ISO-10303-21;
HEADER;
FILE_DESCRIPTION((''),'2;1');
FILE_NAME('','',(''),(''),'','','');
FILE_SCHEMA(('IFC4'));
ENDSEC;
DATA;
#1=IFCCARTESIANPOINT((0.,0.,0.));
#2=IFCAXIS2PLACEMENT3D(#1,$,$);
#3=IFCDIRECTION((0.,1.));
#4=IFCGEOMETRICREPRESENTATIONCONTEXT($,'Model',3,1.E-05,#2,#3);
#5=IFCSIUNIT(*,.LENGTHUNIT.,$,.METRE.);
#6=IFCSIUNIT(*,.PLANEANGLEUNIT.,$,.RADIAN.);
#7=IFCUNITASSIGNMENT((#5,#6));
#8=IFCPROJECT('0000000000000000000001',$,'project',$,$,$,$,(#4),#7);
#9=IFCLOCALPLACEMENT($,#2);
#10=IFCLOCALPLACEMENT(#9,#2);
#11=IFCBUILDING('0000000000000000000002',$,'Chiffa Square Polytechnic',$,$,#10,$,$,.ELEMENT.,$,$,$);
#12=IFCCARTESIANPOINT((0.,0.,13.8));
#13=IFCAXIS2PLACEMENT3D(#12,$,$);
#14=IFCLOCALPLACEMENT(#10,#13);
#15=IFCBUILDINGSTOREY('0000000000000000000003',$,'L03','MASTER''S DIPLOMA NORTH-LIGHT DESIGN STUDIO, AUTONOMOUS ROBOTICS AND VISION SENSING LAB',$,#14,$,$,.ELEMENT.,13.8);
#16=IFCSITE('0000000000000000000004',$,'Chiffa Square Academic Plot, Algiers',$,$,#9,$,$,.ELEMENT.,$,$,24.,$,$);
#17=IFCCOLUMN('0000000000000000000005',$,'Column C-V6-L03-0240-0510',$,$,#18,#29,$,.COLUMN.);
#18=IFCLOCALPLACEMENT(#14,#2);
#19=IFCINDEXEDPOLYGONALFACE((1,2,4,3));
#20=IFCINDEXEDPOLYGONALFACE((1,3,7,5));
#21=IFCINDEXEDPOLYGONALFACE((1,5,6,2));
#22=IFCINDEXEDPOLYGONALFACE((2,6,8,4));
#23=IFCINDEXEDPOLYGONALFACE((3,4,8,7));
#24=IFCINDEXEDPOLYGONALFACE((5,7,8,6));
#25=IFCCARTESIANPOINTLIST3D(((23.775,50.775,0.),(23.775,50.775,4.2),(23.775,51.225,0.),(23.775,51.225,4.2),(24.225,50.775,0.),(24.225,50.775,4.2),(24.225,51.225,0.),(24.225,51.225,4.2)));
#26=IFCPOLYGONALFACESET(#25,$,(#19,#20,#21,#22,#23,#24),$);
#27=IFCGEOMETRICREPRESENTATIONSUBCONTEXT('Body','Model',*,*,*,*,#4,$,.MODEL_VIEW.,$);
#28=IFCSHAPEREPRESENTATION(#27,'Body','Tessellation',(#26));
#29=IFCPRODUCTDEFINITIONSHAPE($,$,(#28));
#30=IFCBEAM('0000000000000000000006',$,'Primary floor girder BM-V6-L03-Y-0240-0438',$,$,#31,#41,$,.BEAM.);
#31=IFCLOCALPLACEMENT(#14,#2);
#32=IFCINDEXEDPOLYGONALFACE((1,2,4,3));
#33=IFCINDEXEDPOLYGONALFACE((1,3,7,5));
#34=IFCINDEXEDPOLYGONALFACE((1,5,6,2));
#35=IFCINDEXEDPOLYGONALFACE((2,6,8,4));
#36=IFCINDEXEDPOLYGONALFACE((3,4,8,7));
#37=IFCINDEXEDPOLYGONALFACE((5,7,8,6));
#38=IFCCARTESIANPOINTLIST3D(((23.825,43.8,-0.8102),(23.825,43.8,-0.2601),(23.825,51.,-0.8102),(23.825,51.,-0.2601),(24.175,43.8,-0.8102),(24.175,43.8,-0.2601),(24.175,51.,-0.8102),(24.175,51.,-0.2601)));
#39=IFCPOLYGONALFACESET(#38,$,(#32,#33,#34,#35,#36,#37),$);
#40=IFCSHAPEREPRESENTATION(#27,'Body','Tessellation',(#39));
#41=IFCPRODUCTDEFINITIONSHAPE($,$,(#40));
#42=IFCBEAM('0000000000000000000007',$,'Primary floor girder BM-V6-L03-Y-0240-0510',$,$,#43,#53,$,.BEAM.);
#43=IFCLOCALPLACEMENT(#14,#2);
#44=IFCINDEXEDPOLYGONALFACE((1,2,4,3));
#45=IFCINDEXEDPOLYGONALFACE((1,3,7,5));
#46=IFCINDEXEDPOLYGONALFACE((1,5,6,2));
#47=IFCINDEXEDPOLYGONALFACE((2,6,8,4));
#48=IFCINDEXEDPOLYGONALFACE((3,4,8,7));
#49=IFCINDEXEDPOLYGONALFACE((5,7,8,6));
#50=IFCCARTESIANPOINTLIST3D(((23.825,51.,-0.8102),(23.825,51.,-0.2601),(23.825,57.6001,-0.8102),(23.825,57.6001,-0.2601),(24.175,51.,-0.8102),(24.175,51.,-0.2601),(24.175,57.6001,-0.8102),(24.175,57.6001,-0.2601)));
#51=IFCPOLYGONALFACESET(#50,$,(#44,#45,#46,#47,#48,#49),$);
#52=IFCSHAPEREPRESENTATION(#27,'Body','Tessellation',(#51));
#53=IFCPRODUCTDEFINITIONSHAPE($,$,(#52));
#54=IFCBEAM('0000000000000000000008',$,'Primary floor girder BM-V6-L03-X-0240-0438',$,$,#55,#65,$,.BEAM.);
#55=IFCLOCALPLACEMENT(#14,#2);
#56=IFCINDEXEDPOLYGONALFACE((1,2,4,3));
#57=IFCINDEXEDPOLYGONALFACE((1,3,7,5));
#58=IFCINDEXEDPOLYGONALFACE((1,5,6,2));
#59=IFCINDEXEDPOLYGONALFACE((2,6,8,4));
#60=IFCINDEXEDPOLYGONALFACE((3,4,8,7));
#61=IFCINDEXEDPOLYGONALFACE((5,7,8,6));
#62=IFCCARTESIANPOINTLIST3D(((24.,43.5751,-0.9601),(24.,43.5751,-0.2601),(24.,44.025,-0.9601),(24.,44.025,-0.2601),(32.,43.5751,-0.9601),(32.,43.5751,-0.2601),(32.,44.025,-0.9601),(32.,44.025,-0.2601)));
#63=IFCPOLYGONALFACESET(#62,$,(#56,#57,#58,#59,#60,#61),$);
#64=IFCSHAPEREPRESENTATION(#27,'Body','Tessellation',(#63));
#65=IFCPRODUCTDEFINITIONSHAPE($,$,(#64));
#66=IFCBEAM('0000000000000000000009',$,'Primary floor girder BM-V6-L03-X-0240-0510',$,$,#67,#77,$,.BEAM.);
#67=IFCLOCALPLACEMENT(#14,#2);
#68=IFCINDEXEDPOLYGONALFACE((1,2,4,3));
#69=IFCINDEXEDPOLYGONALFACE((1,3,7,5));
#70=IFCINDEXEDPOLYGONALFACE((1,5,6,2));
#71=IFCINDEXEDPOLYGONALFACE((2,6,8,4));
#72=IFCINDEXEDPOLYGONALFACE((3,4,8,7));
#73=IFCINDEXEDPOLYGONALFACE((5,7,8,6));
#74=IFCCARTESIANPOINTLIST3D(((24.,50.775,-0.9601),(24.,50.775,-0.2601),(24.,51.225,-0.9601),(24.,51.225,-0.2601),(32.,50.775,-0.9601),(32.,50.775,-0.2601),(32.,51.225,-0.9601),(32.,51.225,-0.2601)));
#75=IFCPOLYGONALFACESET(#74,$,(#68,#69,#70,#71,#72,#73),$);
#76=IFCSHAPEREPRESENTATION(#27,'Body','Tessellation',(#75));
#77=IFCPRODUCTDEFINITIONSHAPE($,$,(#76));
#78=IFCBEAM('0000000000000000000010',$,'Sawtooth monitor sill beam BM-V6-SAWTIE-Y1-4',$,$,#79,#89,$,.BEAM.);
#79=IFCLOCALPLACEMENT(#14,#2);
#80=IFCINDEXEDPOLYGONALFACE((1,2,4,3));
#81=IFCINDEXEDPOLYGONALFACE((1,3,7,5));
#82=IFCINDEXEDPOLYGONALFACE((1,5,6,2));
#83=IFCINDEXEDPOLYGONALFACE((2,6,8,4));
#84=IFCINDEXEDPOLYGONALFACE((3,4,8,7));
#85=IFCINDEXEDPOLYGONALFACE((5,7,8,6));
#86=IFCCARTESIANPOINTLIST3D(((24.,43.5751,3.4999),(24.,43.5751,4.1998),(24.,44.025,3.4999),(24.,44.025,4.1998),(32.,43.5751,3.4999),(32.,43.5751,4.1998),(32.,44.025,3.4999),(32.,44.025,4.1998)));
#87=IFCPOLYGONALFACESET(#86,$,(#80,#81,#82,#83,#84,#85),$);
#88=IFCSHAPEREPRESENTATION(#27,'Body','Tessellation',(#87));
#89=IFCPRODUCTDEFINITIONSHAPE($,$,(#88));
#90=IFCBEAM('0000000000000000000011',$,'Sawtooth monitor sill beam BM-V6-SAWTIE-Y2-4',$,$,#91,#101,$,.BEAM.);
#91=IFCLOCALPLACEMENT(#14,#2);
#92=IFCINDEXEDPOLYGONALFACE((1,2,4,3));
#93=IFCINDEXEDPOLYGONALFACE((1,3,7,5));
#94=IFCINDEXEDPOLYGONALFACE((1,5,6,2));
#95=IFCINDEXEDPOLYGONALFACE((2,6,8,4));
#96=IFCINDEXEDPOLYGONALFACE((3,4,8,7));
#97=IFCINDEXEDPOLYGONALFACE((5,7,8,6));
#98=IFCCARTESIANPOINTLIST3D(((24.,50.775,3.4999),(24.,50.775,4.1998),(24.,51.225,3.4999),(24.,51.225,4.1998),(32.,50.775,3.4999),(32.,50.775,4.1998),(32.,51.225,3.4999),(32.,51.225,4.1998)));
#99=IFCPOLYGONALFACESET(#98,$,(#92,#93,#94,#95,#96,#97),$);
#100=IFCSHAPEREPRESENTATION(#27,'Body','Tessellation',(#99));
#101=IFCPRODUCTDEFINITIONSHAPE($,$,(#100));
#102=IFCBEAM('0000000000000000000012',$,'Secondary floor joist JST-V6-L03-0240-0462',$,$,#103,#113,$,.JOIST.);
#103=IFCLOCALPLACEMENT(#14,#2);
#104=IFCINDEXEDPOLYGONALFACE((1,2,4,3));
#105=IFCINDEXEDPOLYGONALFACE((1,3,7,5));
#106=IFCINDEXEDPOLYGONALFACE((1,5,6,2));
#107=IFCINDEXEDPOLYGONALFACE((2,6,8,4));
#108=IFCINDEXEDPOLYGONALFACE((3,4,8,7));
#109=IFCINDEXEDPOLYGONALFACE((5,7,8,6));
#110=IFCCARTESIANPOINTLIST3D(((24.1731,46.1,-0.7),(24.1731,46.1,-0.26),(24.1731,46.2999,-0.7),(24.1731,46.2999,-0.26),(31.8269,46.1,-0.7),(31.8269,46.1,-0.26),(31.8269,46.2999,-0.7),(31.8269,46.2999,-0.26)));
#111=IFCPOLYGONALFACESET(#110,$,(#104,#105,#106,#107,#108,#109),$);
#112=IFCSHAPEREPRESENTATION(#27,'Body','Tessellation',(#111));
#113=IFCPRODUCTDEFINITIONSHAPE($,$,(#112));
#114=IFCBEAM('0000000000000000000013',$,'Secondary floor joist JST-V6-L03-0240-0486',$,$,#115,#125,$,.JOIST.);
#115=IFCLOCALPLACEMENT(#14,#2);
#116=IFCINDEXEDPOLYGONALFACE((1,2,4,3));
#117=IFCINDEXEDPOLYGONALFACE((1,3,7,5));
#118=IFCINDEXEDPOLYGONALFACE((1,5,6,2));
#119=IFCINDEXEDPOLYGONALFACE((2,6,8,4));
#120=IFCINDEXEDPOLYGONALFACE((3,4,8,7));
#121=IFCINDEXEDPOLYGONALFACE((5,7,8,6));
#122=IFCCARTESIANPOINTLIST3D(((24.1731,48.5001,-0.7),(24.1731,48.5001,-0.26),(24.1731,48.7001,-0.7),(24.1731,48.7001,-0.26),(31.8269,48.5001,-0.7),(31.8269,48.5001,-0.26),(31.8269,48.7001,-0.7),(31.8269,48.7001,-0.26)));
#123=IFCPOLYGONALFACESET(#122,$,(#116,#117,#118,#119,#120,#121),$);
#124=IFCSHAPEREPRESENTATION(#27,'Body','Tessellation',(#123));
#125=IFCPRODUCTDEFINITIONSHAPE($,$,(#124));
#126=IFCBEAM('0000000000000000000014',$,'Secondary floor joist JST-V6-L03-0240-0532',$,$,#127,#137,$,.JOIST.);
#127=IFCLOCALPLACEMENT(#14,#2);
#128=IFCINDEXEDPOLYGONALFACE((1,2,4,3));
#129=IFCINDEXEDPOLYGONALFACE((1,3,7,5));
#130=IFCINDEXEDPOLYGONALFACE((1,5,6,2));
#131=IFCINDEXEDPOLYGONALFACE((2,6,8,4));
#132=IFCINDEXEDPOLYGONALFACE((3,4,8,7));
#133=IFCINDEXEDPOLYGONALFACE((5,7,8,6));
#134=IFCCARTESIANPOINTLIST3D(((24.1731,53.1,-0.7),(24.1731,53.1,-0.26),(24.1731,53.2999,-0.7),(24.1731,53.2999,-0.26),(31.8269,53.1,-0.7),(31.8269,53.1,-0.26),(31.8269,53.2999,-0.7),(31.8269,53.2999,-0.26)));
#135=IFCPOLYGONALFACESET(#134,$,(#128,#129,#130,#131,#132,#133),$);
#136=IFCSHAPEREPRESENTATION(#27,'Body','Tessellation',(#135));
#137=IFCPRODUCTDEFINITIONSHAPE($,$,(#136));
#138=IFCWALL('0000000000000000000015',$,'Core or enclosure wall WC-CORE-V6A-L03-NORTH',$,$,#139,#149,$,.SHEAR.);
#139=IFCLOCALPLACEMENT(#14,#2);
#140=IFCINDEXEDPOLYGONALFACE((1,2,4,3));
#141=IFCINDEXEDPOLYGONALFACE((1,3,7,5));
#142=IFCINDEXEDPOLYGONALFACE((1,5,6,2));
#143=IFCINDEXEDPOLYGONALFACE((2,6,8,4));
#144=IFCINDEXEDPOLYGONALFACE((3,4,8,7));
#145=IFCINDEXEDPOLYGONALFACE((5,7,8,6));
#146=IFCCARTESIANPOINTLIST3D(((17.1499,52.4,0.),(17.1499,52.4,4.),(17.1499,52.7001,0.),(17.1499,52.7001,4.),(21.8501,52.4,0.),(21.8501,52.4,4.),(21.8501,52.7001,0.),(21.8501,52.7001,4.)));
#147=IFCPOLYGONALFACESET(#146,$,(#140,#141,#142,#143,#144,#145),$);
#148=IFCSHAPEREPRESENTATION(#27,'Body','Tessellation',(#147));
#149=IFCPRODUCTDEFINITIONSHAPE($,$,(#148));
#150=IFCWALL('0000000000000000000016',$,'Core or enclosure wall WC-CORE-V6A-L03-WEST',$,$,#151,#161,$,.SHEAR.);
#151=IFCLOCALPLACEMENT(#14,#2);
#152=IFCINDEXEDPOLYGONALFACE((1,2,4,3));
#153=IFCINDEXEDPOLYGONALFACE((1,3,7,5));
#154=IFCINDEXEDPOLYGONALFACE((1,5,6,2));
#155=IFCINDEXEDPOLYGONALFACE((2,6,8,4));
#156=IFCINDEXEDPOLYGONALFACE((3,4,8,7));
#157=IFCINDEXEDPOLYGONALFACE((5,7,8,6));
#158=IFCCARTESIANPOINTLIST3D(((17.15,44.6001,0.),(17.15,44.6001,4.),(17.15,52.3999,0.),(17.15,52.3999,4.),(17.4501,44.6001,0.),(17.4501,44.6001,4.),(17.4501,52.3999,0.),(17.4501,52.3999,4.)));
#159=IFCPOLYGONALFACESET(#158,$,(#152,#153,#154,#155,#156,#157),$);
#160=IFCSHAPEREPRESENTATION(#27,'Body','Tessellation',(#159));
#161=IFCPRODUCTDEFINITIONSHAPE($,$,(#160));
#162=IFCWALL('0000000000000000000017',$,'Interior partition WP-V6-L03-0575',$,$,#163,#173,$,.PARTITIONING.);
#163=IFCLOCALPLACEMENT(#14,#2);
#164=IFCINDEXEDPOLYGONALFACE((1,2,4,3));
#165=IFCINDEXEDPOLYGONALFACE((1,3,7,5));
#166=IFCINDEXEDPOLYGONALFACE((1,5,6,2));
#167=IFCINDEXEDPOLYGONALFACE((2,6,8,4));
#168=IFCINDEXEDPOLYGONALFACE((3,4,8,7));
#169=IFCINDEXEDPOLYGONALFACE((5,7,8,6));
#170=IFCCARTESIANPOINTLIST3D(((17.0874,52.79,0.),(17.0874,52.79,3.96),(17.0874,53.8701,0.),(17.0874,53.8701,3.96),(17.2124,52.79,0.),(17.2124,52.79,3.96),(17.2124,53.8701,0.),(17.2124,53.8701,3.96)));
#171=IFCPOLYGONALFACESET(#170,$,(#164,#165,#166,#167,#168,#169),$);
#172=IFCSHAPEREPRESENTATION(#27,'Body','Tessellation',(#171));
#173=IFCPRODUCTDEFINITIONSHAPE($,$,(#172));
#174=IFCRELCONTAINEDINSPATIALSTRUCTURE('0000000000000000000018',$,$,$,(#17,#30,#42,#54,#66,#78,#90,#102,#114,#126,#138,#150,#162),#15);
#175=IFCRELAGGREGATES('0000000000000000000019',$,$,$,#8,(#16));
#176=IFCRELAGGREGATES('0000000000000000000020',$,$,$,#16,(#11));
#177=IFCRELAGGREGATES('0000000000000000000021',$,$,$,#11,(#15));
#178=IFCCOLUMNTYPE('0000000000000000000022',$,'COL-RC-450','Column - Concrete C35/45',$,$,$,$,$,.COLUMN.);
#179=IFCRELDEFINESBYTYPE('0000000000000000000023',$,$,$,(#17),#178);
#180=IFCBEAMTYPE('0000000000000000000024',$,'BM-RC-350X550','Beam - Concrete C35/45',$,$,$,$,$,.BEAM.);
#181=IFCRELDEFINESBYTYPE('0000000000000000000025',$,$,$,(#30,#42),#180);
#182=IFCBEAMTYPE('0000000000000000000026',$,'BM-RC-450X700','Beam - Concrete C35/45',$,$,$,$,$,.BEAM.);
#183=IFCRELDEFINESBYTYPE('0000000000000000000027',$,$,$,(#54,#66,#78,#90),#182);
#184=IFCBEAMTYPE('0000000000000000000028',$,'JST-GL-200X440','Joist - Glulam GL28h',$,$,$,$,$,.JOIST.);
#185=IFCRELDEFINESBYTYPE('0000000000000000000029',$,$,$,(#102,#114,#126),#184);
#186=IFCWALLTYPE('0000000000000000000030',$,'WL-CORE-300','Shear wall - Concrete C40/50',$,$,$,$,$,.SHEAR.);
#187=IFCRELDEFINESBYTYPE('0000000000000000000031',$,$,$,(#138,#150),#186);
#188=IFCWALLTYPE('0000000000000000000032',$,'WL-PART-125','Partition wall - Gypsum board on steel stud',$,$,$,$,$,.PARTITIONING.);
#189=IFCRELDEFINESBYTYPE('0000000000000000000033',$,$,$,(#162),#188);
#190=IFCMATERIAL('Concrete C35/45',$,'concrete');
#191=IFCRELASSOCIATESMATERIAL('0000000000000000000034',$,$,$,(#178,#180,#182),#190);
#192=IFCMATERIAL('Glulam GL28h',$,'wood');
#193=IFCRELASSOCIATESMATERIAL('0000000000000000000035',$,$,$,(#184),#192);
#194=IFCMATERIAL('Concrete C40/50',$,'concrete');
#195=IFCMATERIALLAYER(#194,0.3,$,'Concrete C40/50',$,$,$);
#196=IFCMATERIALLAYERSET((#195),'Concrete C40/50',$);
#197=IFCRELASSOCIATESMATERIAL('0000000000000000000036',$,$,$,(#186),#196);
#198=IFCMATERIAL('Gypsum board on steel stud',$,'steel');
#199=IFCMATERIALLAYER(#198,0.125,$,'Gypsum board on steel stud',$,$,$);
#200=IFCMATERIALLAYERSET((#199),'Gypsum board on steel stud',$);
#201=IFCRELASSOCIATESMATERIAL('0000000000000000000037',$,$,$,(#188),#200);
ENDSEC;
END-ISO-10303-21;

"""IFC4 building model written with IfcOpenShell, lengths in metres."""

from ifc_helpers import new_model, si_unit, direction, frame, frame_2d, origin, origin_2d, place, context, subcontext, project, spatial, rectangle, extrude, material, layer, layer_set, material_profile, profile_set, type_object, element, save


model = new_model("IFC4")

# Units and contexts
model_context = context("Model", 3, precision=1e-05, world=origin(), true_north=direction((0.0, 1.0)))
body_context = subcontext(model_context, "Body", "Model", "MODEL_VIEW")
ifc_project = project(units=[si_unit("LENGTHUNIT", "METRE"), si_unit("PLANEANGLEUNIT", "RADIAN")], contexts=[model_context])

# Site, building, storey
site_placement = place(None, origin())
site = spatial("IfcSite", under=ifc_project, at=site_placement, Name="Chiffa Square Academic Plot, Algiers", CompositionType="ELEMENT", RefElevation=24.0)
building_placement = place(site_placement, origin())
building = spatial("IfcBuilding", under=site, at=building_placement, Name="Chiffa Square Polytechnic", CompositionType="ELEMENT")
storey_placement = place(building_placement, frame((0.0, 0.0, 13.8)))
storey = spatial("IfcBuildingStorey", under=building, at=storey_placement, Name="L03", Description="MASTER'S DIPLOMA NORTH-LIGHT DESIGN STUDIO, AUTONOMOUS ROBOTICS AND VISION SENSING LAB", CompositionType="ELEMENT", Elevation=13.8)

# Column
ifc_material_1 = material(Name="Concrete C35/45", Category="concrete")
ifc_material_profile_1 = material_profile(ifc_material_1, rectangle(XDim=0.45, YDim=0.45, at=origin_2d()), Name="RC 450x450")
ifc_profile_set_1 = profile_set([ifc_material_profile_1], Name="Concrete C35/45")
column_type = type_object("IfcColumnType", Name="COL-RC-450", Description="Column - Concrete C35/45", PredefinedType="COLUMN", material=ifc_profile_set_1)
column_placement = place(storey_placement, frame((24.0, 51.0, 0.0), z_axis=(0.0, 0.0, 1.0), x_axis=(1.0, 0.0, 0.0)))
element("IfcColumn", 1, at=column_placement, inside=storey, type_object=column_type, Name="Column C-V6-L03-0240-0510", PredefinedType="COLUMN", context=body_context, shape_type="SweptSolid", body=[
    extrude(rectangle(XDim=0.45, YDim=0.45, at=origin_2d()), origin(), (0.0, 0.0, 1.0), 4.2),
])

# Beams
ifc_material_profile_2 = material_profile(ifc_material_1, rectangle(XDim=0.3501, YDim=0.55, at=origin_2d()), Name="RC 350x550")
ifc_profile_set_2 = profile_set([ifc_material_profile_2], Name="Concrete C35/45")
beam_type_1 = type_object("IfcBeamType", Name="BM-RC-350X550", Description="Beam - Concrete C35/45", PredefinedType="BEAM", material=ifc_profile_set_2)
beam_1_placement = place(storey_placement, frame((24.0, 43.8, -0.5352), z_axis=(0.0, 1.0, 0.0), x_axis=(-1.0, 0.0, 0.0)))
element("IfcBeam", 2, at=beam_1_placement, inside=storey, type_object=beam_type_1, Name="Primary floor girder BM-V6-L03-Y-0240-0438", PredefinedType="BEAM", context=body_context, shape_type="SweptSolid", body=[
    extrude(rectangle(XDim=0.3501, YDim=0.55, at=origin_2d()), origin(), (0.0, 0.0, 1.0), 7.2),
])
beam_2_placement = place(storey_placement, frame((24.0, 51.0, -0.5352), z_axis=(0.0, 1.0, 0.0), x_axis=(-1.0, 0.0, 0.0)))
element("IfcBeam", 3, at=beam_2_placement, inside=storey, type_object=beam_type_1, Name="Primary floor girder BM-V6-L03-Y-0240-0510", PredefinedType="BEAM", context=body_context, shape_type="SweptSolid", body=[
    extrude(rectangle(XDim=0.3501, YDim=0.55, at=origin_2d()), origin(), (0.0, 0.0, 1.0), 6.6001),
])
ifc_material_profile_3 = material_profile(ifc_material_1, rectangle(XDim=0.45, YDim=0.7, at=origin_2d()), Name="RC 450x700")
ifc_profile_set_3 = profile_set([ifc_material_profile_3], Name="Concrete C35/45")
beam_type_2 = type_object("IfcBeamType", Name="BM-RC-450X700", Description="Beam - Concrete C35/45", PredefinedType="BEAM", material=ifc_profile_set_3)
for number, where, z_axis, x_axis, name in (
    (4, (24.0, 43.8, -0.6101), (1.0, 0.0, 0.0), (0.0, 1.0, 0.0), "Primary floor girder BM-V6-L03-X-0240-0438"),
    (5, (24.0, 51.0, -0.6101), (1.0, 0.0, 0.0), (0.0, 1.0, 0.0), "Primary floor girder BM-V6-L03-X-0240-0510"),
    (6, (24.0, 43.8, 3.8499), (1.0, 0.0, 0.0), (0.0, 1.0, 0.0), "Sawtooth monitor sill beam BM-V6-SAWTIE-Y1-4"),
    (7, (24.0, 51.0, 3.8499), (1.0, 0.0, 0.0), (0.0, 1.0, 0.0), "Sawtooth monitor sill beam BM-V6-SAWTIE-Y2-4"),
):
    element("IfcBeam", number, at=place(storey_placement, frame(where, z_axis=z_axis, x_axis=x_axis)), inside=storey, type_object=beam_type_2, Name=name, PredefinedType="BEAM", context=body_context, shape_type="SweptSolid", body=[
        extrude(rectangle(XDim=0.45, YDim=0.7, at=origin_2d()), origin(), (0.0, 0.0, 1.0), 8.0),
    ])
ifc_material_2 = material(Name="Glulam GL28h", Category="wood")
ifc_material_profile_4 = material_profile(ifc_material_2, rectangle(XDim=0.2, YDim=0.4399, at=origin_2d()), Name="GL28h 200x440")
ifc_profile_set_4 = profile_set([ifc_material_profile_4], Name="Glulam GL28h")
beam_type_3 = type_object("IfcBeamType", Name="JST-GL-200X440", Description="Joist - Glulam GL28h", PredefinedType="JOIST", material=ifc_profile_set_4)
for number, where, z_axis, x_axis, name in (
    (8, (24.1731, 46.2, -0.48), (1.0, 0.0, 0.0), (0.0, 1.0, 0.0), "Secondary floor joist JST-V6-L03-0240-0462"),
    (9, (24.1731, 48.6001, -0.48), (1.0, 0.0, 0.0), (0.0, 1.0, 0.0), "Secondary floor joist JST-V6-L03-0240-0486"),
    (10, (24.1731, 53.2, -0.48), (1.0, 0.0, 0.0), (0.0, 1.0, 0.0), "Secondary floor joist JST-V6-L03-0240-0532"),
):
    element("IfcBeam", number, at=place(storey_placement, frame(where, z_axis=z_axis, x_axis=x_axis)), inside=storey, type_object=beam_type_3, Name=name, PredefinedType="JOIST", context=body_context, shape_type="SweptSolid", body=[
        extrude(rectangle(XDim=0.2, YDim=0.4399, at=origin_2d()), origin(), (0.0, 0.0, 1.0), 7.6538),
    ])

# Walls
ifc_material_3 = material(Name="Concrete C40/50", Category="concrete")
ifc_layer_1 = layer(ifc_material_3, 0.3, Name="Concrete C40/50")
ifc_layer_set_1 = layer_set([ifc_layer_1], Name="Concrete C40/50")
wall_type_1 = type_object("IfcWallType", Name="WL-CORE-300", Description="Shear wall - Concrete C40/50", PredefinedType="SHEAR", material=ifc_layer_set_1)
wall_1_placement = place(storey_placement, frame((17.1499, 52.55, 0.0), z_axis=(0.0, 0.0, 1.0), x_axis=(1.0, 0.0, 0.0)))
element("IfcWall", 11, at=wall_1_placement, inside=storey, type_object=wall_type_1, Name="Core or enclosure wall WC-CORE-V6A-L03-NORTH", PredefinedType="SHEAR", context=body_context, shape_type="SweptSolid", body=[
    extrude(rectangle(XDim=4.7002, YDim=0.3, at=frame_2d((2.3501, 0.0))), origin(), (0.0, 0.0, 1.0), 4.0),
])
wall_2_placement = place(storey_placement, frame((17.3, 44.6001, 0.0), z_axis=(0.0, 0.0, 1.0), x_axis=(0.0, 1.0, 0.0)))
element("IfcWall", 12, at=wall_2_placement, inside=storey, type_object=wall_type_1, Name="Core or enclosure wall WC-CORE-V6A-L03-WEST", PredefinedType="SHEAR", context=body_context, shape_type="SweptSolid", body=[
    extrude(rectangle(XDim=7.7998, YDim=0.3, at=frame_2d((3.8999, 0.0))), origin(), (0.0, 0.0, 1.0), 4.0),
])

# Wall
ifc_material_4 = material(Name="Gypsum board on steel stud", Category="steel")
ifc_layer_2 = layer(ifc_material_4, 0.125, Name="Gypsum board on steel stud")
ifc_layer_set_2 = layer_set([ifc_layer_2], Name="Gypsum board on steel stud")
wall_type_2 = type_object("IfcWallType", Name="WL-PART-125", Description="Partition wall - Gypsum board on steel stud", PredefinedType="PARTITIONING", material=ifc_layer_set_2)
wall_3_placement = place(storey_placement, frame((17.1499, 52.79, 0.0), z_axis=(0.0, 0.0, 1.0), x_axis=(0.0, 1.0, 0.0)))
element("IfcWall", 13, at=wall_3_placement, inside=storey, type_object=wall_type_2, Name="Interior partition WP-V6-L03-0575", PredefinedType="PARTITIONING", context=body_context, shape_type="SweptSolid", body=[
    extrude(rectangle(XDim=1.0801, YDim=0.125, at=frame_2d((0.54, 0.0))), origin(), (0.0, 0.0, 1.0), 3.96),
])

save(model, "model.ifc")
